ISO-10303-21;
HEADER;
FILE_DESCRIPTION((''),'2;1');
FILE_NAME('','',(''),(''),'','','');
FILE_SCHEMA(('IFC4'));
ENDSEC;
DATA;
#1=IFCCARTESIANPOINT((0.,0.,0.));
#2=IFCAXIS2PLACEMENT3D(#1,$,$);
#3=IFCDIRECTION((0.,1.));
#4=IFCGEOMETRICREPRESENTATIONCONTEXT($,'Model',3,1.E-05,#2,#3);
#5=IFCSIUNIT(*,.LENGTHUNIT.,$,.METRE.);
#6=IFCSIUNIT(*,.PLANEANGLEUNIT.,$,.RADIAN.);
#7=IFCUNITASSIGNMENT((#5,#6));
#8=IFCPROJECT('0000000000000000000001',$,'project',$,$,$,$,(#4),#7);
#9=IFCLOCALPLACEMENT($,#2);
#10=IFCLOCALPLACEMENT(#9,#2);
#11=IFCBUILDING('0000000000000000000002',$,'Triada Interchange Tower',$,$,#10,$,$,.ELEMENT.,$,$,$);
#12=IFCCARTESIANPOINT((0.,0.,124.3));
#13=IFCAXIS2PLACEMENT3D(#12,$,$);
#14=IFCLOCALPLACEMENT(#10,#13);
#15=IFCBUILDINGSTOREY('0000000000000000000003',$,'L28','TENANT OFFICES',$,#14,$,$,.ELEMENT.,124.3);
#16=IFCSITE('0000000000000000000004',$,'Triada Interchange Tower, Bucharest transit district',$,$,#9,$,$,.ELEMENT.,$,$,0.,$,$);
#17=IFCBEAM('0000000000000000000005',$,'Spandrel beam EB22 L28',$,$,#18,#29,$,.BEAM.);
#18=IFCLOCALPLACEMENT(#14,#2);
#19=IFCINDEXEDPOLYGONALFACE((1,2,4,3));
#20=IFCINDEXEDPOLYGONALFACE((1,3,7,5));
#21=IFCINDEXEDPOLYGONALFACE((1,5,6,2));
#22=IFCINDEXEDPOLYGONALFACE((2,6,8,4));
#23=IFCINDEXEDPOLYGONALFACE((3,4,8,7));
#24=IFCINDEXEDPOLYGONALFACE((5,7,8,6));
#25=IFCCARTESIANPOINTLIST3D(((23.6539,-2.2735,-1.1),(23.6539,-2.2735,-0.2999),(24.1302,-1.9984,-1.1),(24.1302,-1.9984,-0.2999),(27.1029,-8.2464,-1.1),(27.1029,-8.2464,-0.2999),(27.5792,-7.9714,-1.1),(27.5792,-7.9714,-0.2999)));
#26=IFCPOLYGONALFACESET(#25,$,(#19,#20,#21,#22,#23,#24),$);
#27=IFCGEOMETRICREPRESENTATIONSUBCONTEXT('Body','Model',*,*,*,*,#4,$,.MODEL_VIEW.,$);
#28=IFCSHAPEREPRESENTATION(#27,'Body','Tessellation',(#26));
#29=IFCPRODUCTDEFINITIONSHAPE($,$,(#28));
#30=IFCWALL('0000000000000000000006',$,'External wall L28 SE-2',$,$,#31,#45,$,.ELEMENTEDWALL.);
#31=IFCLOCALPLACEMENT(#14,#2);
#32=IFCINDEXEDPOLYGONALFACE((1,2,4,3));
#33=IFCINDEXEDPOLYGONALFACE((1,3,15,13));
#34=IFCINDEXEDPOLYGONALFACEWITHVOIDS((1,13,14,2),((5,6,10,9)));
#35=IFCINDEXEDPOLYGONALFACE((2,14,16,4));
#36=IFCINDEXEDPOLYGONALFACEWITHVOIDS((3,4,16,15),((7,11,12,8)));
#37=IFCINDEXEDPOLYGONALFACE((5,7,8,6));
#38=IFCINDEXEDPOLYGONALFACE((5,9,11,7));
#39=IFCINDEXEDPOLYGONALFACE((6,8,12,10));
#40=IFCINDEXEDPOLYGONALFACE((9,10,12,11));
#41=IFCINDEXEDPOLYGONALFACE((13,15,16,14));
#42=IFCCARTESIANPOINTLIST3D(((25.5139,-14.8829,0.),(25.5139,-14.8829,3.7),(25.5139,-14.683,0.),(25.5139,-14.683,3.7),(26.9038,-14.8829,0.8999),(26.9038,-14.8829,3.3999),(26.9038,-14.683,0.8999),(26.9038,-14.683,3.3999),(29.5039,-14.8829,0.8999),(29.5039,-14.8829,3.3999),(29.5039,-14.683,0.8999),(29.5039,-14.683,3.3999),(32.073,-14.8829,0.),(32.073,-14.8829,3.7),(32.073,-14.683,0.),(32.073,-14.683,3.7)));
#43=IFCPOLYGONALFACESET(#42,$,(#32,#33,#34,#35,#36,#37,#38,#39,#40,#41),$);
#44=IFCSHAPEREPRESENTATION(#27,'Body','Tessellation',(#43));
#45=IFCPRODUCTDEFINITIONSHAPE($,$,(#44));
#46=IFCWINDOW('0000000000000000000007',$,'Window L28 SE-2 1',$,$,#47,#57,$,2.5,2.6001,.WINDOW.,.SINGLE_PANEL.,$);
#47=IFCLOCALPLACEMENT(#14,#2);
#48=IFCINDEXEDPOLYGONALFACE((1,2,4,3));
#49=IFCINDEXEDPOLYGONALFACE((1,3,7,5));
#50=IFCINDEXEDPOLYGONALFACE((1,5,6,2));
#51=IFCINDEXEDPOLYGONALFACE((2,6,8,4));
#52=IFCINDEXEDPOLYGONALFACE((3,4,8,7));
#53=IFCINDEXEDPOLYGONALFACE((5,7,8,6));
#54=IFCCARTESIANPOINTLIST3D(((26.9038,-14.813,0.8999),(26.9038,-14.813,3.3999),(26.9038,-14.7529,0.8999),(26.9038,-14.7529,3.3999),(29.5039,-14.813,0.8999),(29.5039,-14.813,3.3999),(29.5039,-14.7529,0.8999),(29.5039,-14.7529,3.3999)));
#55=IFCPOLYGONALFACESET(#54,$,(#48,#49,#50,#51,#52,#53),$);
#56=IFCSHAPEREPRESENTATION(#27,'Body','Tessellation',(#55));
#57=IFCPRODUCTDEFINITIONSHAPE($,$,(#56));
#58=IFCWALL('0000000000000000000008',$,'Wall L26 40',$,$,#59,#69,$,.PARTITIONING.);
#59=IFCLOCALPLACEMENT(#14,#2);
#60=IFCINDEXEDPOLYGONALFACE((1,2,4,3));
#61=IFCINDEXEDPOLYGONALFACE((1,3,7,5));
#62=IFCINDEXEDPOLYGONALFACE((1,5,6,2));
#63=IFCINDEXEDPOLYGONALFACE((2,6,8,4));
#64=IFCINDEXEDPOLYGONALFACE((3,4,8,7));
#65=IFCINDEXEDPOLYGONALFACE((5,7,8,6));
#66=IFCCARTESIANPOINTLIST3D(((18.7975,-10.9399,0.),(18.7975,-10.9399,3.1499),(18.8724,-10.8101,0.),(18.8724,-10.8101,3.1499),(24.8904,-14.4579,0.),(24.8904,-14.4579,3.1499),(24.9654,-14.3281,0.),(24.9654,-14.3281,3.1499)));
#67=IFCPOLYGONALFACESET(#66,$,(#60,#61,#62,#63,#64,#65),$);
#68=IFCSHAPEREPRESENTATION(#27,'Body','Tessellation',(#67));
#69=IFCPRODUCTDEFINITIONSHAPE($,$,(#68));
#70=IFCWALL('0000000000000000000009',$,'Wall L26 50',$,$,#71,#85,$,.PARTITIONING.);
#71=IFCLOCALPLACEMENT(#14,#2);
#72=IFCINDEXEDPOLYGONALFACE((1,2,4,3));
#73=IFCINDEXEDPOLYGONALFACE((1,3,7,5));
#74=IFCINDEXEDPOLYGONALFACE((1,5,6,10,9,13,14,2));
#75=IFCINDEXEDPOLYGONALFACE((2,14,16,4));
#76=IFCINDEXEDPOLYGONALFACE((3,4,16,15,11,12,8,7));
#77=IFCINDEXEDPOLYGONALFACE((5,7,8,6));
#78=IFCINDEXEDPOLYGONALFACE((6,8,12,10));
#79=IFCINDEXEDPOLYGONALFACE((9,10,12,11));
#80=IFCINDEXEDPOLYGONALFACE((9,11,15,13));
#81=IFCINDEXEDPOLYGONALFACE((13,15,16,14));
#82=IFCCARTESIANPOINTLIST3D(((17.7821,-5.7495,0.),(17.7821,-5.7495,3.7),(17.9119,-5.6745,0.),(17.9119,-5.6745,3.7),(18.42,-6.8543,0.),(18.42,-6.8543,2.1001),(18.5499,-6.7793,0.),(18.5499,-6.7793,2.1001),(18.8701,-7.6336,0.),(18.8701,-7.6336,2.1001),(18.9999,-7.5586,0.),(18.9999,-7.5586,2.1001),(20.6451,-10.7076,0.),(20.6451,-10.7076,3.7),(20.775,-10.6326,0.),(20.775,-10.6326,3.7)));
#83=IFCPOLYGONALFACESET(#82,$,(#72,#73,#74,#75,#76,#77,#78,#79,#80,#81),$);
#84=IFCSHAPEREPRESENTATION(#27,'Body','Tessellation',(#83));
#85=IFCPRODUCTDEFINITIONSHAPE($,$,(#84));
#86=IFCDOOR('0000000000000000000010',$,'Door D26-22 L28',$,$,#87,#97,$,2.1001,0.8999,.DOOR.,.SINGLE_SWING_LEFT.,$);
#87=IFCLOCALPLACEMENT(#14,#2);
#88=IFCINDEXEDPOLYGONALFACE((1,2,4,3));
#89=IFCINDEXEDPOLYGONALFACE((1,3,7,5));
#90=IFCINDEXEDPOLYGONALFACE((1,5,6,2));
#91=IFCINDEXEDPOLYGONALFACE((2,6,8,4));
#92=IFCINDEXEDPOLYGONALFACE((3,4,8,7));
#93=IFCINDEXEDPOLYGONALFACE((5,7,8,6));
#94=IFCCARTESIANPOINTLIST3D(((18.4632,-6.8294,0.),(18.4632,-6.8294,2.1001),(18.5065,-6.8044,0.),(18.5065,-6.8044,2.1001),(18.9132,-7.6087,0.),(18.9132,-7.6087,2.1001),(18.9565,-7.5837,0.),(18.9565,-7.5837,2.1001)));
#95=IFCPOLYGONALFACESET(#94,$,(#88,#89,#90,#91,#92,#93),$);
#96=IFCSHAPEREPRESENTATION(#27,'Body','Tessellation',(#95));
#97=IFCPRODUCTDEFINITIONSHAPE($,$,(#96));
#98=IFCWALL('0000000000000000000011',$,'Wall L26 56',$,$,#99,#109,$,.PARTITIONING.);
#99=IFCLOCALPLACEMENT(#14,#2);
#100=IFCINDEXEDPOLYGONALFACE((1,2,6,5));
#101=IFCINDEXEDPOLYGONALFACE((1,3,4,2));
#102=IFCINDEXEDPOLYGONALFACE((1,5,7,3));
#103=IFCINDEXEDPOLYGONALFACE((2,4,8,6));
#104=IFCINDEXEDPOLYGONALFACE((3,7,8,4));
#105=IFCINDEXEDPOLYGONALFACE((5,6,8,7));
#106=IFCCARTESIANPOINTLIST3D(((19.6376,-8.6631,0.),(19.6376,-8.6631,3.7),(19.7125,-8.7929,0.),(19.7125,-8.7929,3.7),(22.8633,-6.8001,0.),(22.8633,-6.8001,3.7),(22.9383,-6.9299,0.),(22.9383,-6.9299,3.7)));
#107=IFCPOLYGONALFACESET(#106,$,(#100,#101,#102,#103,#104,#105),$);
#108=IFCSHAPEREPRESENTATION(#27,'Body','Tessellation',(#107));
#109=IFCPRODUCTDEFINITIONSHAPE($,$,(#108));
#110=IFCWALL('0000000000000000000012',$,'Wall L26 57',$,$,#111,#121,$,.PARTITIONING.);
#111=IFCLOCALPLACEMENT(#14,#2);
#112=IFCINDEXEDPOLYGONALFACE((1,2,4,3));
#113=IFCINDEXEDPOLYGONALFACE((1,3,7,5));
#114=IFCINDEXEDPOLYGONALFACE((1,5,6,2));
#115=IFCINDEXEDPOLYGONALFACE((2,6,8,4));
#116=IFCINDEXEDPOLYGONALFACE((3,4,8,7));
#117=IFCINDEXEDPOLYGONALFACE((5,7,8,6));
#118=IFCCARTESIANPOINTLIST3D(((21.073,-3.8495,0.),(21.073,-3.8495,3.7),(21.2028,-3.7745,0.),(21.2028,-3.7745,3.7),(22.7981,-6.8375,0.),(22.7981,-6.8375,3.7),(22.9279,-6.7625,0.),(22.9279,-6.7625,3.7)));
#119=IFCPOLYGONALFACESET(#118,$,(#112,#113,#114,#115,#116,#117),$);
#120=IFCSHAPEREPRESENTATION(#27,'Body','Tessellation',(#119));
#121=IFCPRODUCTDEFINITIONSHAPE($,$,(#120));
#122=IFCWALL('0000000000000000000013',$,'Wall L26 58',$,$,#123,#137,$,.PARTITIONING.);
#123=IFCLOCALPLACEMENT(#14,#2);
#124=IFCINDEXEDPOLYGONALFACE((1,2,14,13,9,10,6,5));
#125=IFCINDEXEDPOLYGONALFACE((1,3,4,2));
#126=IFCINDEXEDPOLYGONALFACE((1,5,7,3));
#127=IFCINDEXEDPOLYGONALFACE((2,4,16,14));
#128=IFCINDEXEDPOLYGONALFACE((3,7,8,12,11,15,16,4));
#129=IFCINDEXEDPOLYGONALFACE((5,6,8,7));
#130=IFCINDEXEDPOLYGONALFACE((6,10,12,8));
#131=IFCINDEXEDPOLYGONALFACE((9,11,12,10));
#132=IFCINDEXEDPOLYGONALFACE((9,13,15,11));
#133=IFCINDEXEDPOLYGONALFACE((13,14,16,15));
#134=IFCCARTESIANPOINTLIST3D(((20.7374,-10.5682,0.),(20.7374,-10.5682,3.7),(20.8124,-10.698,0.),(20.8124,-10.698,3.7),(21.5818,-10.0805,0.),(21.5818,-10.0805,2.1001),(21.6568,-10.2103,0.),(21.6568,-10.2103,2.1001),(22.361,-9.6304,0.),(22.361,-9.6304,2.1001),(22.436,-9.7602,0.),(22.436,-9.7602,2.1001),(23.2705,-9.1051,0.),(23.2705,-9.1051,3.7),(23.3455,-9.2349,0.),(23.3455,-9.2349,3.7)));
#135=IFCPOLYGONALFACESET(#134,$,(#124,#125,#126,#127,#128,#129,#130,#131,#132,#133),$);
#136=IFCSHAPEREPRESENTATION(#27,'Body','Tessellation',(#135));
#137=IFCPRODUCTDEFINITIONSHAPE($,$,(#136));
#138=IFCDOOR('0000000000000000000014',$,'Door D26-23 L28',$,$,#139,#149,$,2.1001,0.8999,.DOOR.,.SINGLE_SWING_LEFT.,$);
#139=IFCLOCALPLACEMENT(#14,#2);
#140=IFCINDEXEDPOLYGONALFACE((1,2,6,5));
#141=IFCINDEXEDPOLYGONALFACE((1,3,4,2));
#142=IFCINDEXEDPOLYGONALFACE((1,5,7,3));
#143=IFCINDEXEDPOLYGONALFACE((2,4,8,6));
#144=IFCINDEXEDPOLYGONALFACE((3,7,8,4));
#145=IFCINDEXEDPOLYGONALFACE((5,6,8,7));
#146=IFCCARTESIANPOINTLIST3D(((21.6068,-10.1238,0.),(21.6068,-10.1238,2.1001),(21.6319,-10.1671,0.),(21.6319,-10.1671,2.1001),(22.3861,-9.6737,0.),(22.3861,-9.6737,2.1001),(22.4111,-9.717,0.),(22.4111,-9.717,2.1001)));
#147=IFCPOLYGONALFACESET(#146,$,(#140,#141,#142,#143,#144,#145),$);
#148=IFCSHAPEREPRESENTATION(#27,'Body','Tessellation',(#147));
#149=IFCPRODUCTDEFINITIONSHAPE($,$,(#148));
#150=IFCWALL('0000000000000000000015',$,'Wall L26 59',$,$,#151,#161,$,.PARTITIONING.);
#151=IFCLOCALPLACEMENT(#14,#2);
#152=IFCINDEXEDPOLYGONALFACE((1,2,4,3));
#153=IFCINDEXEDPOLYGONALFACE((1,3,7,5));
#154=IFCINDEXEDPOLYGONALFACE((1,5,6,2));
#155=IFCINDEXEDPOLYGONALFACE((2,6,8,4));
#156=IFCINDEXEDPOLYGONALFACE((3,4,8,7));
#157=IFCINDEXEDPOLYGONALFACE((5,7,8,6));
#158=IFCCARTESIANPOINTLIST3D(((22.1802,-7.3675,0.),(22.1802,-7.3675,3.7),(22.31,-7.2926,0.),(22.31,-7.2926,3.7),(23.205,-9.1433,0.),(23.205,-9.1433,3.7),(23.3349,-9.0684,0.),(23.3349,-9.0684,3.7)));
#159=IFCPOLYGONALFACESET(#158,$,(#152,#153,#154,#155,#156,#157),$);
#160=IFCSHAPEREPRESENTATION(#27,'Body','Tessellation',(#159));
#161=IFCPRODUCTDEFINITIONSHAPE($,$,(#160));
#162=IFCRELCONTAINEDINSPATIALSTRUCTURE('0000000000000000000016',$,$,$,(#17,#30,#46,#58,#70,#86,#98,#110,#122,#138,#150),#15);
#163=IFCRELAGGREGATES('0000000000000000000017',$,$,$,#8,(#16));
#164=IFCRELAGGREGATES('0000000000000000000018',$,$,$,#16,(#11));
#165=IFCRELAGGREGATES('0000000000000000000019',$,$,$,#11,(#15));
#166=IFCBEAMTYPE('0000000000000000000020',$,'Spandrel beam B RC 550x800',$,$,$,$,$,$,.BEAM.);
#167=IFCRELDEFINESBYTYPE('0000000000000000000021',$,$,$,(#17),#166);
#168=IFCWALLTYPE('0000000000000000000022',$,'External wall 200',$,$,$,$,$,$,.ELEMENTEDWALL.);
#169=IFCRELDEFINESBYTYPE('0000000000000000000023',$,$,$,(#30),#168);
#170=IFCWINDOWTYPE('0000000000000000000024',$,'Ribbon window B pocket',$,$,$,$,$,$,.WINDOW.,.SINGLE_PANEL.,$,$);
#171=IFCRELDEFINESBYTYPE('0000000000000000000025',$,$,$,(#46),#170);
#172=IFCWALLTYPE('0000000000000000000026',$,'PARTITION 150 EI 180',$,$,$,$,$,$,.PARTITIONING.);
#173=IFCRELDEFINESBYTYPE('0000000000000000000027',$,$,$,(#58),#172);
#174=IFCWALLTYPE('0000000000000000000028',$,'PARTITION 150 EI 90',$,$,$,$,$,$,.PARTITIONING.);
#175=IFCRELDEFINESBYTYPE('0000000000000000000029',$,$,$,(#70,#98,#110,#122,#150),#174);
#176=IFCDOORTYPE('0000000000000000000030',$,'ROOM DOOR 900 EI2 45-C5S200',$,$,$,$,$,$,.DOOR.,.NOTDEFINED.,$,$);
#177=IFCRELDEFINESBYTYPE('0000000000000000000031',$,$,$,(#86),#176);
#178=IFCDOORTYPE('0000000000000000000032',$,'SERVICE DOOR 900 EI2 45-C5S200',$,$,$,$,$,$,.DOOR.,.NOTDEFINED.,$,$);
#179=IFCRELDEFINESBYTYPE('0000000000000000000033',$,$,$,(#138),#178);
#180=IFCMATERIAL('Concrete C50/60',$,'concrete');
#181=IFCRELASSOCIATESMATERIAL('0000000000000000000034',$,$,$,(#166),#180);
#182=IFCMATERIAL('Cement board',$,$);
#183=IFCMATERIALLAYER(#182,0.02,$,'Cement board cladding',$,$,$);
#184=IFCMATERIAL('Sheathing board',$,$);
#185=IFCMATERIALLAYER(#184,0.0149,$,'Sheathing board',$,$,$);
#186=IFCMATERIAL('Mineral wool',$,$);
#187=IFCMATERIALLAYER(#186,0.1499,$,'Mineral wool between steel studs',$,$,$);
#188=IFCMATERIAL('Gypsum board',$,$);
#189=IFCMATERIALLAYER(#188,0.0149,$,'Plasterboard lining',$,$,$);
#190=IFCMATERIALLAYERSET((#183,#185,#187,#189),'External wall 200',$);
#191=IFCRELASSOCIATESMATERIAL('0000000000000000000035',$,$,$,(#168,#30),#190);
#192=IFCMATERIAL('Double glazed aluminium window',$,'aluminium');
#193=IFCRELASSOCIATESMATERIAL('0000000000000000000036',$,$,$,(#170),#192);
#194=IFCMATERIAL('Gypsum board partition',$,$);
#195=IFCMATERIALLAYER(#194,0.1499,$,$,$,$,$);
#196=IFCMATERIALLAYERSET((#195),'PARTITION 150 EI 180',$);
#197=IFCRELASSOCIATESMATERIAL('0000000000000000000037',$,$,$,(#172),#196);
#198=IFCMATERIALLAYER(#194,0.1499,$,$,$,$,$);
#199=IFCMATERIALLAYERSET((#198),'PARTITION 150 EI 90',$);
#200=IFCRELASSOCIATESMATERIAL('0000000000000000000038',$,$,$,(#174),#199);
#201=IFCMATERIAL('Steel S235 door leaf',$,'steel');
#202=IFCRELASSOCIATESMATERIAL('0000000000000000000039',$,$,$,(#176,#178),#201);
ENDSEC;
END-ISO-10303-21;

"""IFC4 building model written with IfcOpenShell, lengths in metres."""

from ifc_helpers import new_model, si_unit, direction, frame, frame_2d, origin, origin_2d, place, context, subcontext, project, spatial, rectangle, extrude, material, layer, layer_set, layer_usage, material_profile, profile_set, type_object, element, fill, save


model = new_model("IFC4")

# Units and contexts
model_context = context("Model", 3, precision=1e-05, world=origin(), true_north=direction((0.0, 1.0)))
body_context = subcontext(model_context, "Body", "Model", "MODEL_VIEW")
ifc_project = project(units=[si_unit("LENGTHUNIT", "METRE"), si_unit("PLANEANGLEUNIT", "RADIAN")], contexts=[model_context])

# Site, building, storey
site_placement = place(None, origin())
site = spatial("IfcSite", under=ifc_project, at=site_placement, Name="Triada Interchange Tower, Bucharest transit district", CompositionType="ELEMENT", RefElevation=0.0)
building_placement = place(site_placement, origin())
building = spatial("IfcBuilding", under=site, at=building_placement, Name="Triada Interchange Tower", CompositionType="ELEMENT")
storey_placement = place(building_placement, frame((0.0, 0.0, 124.3)))
storey = spatial("IfcBuildingStorey", under=building, at=storey_placement, Name="L28", Description="TENANT OFFICES", CompositionType="ELEMENT", Elevation=124.3)

# Beam
ifc_material_1 = material(Name="Concrete C50/60", Category="concrete")
ifc_material_profile_1 = material_profile(ifc_material_1, rectangle(XDim=0.55, YDim=0.8, at=origin_2d()), Name="RC 550x800")
ifc_profile_set_1 = profile_set([ifc_material_profile_1], Name="Concrete C50/60")
beam_type_1 = type_object("IfcBeamType", Name="Spandrel beam B RC 550x800", PredefinedType="BEAM", material=ifc_profile_set_1)
beam_1_placement = place(storey_placement, frame((27.3411, -8.1089, -0.7), z_axis=(-0.500056, 0.865993, 0.0), x_axis=(-0.865993, -0.500056, 0.0)))
element("IfcBeam", 1, at=beam_1_placement, inside=storey, type_object=beam_type_1, Name="Spandrel beam EB22 L28", PredefinedType="BEAM", context=body_context, shape_type="SweptSolid", body=[
    extrude(rectangle(XDim=0.55, YDim=0.8, at=origin_2d()), origin(), (0.0, 0.0, 1.0), 6.8972),
])

# Wall, opening, window
ifc_material_2 = material(Name="Cement board")
ifc_layer_1 = layer(ifc_material_2, 0.02, Name="Cement board cladding")
ifc_material_3 = material(Name="Sheathing board")
ifc_layer_2 = layer(ifc_material_3, 0.0149, Name="Sheathing board")
ifc_material_4 = material(Name="Mineral wool")
ifc_layer_3 = layer(ifc_material_4, 0.1499, Name="Mineral wool between steel studs")
ifc_material_5 = material(Name="Gypsum board")
ifc_layer_4 = layer(ifc_material_5, 0.0149, Name="Plasterboard lining")
ifc_layer_set_1 = layer_set([ifc_layer_1, ifc_layer_2, ifc_layer_3, ifc_layer_4], Name="External wall 200")
ifc_layer_usage = layer_usage(ifc_layer_set_1, "AXIS2", "POSITIVE", -0.1001)
wall_type_1 = type_object("IfcWallType", Name="External wall 200", PredefinedType="ELEMENTEDWALL", material=ifc_layer_set_1)
wall_1_placement = place(storey_placement, frame((25.5139, -14.783, 0.0), z_axis=(0.0, 0.0, 1.0), x_axis=(1.0, 0.0, 0.0)))
wall_1 = element("IfcWall", 2, at=wall_1_placement, inside=storey, type_object=wall_type_1, material=ifc_layer_usage, Name="External wall L28 SE-2", PredefinedType="ELEMENTEDWALL", context=body_context, shape_type="SweptSolid", body=[
    extrude(rectangle(XDim=6.5591, YDim=0.2, at=frame_2d((3.2795, 0.0))), origin(), (0.0, 0.0, 1.0), 3.7),
])
opening_1_placement = place(wall_1_placement, frame((1.3899, 0.0, 0.8999)))
opening_1 = element("IfcOpeningElement", 3, at=opening_1_placement, cuts=wall_1, PredefinedType="OPENING", context=body_context, shape_type="SweptSolid", body=[
    extrude(rectangle(XDim=2.6001, YDim=2.5, at=frame_2d((1.3, 1.25))), frame((0.0, 0.1099, 0.0), z_axis=(0.0, -1.0, 0.0), x_axis=(1.0, 0.0, 0.0)), (0.0, 0.0, 1.0), 0.22),
])
ifc_material_6 = material(Name="Double glazed aluminium window", Category="aluminium")
window_type = type_object("IfcWindowType", Name="Ribbon window B pocket", PartitioningType="SINGLE_PANEL", PredefinedType="WINDOW", material=ifc_material_6)
window_placement = place(opening_1_placement, origin())
window = element("IfcWindow", 4, at=window_placement, inside=storey, type_object=window_type, Name="Window L28 SE-2 1", OverallHeight=2.5, OverallWidth=2.6001, PartitioningType="SINGLE_PANEL", PredefinedType="WINDOW", context=body_context, shape_type="SweptSolid", body=[
    extrude(rectangle(XDim=2.6001, YDim=2.5, at=frame_2d((1.3, 1.25))), frame((0.0, 0.03, 0.0), z_axis=(0.0, -1.0, 0.0), x_axis=(1.0, 0.0, 0.0)), (0.0, 0.0, 1.0), 0.0601),
])
fill(opening_1, window)

# Wall
ifc_material_7 = material(Name="Gypsum board partition")
ifc_layer_5 = layer(ifc_material_7, 0.1499)
ifc_layer_set_2 = layer_set([ifc_layer_5], Name="PARTITION 150 EI 180")
wall_type_2 = type_object("IfcWallType", Name="PARTITION 150 EI 180", PredefinedType="PARTITIONING", material=ifc_layer_set_2)
wall_2_placement = place(storey_placement, frame((18.835, -10.875, 0.0), z_axis=(0.0, 0.0, 1.0), x_axis=(0.866009, -0.500028, 0.0)))
element("IfcWall", 5, at=wall_2_placement, inside=storey, type_object=wall_type_2, Name="Wall L26 40", PredefinedType="PARTITIONING", context=body_context, shape_type="SweptSolid", body=[
    extrude(rectangle(XDim=7.0356, YDim=0.1499, at=frame_2d((3.5178, 0.0))), origin(), (0.0, 0.0, 1.0), 3.1499),
])

# Wall, opening, door
ifc_layer_6 = layer(ifc_material_7, 0.1499)
ifc_layer_set_3 = layer_set([ifc_layer_6], Name="PARTITION 150 EI 90")
wall_type_3 = type_object("IfcWallType", Name="PARTITION 150 EI 90", PredefinedType="PARTITIONING", material=ifc_layer_set_3)
wall_3_placement = place(storey_placement, frame((17.8469, -5.7119, 0.0), z_axis=(0.0, 0.0, 1.0), x_axis=(0.500069, -0.865985, 0.0)))
wall_3 = element("IfcWall", 6, at=wall_3_placement, inside=storey, type_object=wall_type_3, Name="Wall L26 50", PredefinedType="PARTITIONING", context=body_context, shape_type="SweptSolid", body=[
    extrude(rectangle(XDim=5.7253, YDim=0.1499, at=frame_2d((2.8628, 0.0))), origin(), (0.0, 0.0, 1.0), 3.7),
])
opening_2_placement = place(wall_3_placement, frame((1.2759, 0.0, 0.0)))
opening_2 = element("IfcOpeningElement", 7, at=opening_2_placement, cuts=wall_3, PredefinedType="OPENING", context=body_context, shape_type="SweptSolid", body=[
    extrude(rectangle(XDim=0.8999, YDim=2.1001, at=frame_2d((0.45, 1.05))), frame((0.0, 0.085, 0.0), z_axis=(0.0, -1.0, 0.0), x_axis=(1.0, 0.0, 0.0)), (0.0, 0.0, 1.0), 0.1699),
])
ifc_material_8 = material(Name="Steel S235 door leaf", Category="steel")
door_type_1 = type_object("IfcDoorType", Name="ROOM DOOR 900 EI2 45-C5S200", OperationType="NOTDEFINED", PredefinedType="DOOR", material=ifc_material_8)
door_1_placement = place(opening_2_placement, origin())
door_1 = element("IfcDoor", 8, at=door_1_placement, inside=storey, type_object=door_type_1, Name="Door D26-22 L28", OperationType="SINGLE_SWING_LEFT", OverallHeight=2.1001, OverallWidth=0.8999, PredefinedType="DOOR", context=body_context, shape_type="SweptSolid", body=[
    extrude(rectangle(XDim=0.8999, YDim=2.1001, at=frame_2d((0.45, 1.05))), frame((0.0, 0.0249, 0.0), z_axis=(0.0, -1.0, 0.0), x_axis=(1.0, 0.0, 0.0)), (0.0, 0.0, 1.0), 0.05),
])
fill(opening_2, door_1)

# Walls
wall_4_placement = place(storey_placement, frame((19.675, -8.728, 0.0), z_axis=(0.0, 0.0, 1.0), x_axis=(0.865955, 0.500121, 0.0)))
element("IfcWall", 9, at=wall_4_placement, inside=storey, type_object=wall_type_3, Name="Wall L26 56", PredefinedType="PARTITIONING", context=body_context, shape_type="SweptSolid", body=[
    extrude(rectangle(XDim=3.7251, YDim=0.1499, at=frame_2d((1.8625, 0.0))), origin(), (0.0, 0.0, 1.0), 3.7),
])
wall_5_placement = place(storey_placement, frame((21.1379, -3.812, 0.0), z_axis=(0.0, 0.0, 1.0), x_axis=(0.49999, -0.866031, 0.0)))
element("IfcWall", 10, at=wall_5_placement, inside=storey, type_object=wall_type_3, Name="Wall L26 57", PredefinedType="PARTITIONING", context=body_context, shape_type="SweptSolid", body=[
    extrude(rectangle(XDim=3.4502, YDim=0.1499, at=frame_2d((1.7251, 0.0))), origin(), (0.0, 0.0, 1.0), 3.7),
])

# Wall, opening, door
wall_6_placement = place(storey_placement, frame((20.7749, -10.6331, 0.0), z_axis=(0.0, 0.0, 1.0), x_axis=(0.865938, 0.500151, 0.0)))
wall_6 = element("IfcWall", 11, at=wall_6_placement, inside=storey, type_object=wall_type_3, Name="Wall L26 58", PredefinedType="PARTITIONING", context=body_context, shape_type="SweptSolid", body=[
    extrude(rectangle(XDim=2.9253, YDim=0.1499, at=frame_2d((1.4626, 0.0))), origin(), (0.0, 0.0, 1.0), 3.7),
])
opening_3_placement = place(wall_6_placement, frame((0.9751, 0.0, 0.0)))
opening_3 = element("IfcOpeningElement", 12, at=opening_3_placement, cuts=wall_6, PredefinedType="OPENING", context=body_context, shape_type="SweptSolid", body=[
    extrude(rectangle(XDim=0.8999, YDim=2.1001, at=frame_2d((0.45, 1.05))), frame((0.0, 0.085, 0.0), z_axis=(0.0, -1.0, 0.0), x_axis=(1.0, 0.0, 0.0)), (0.0, 0.0, 1.0), 0.1699),
])
door_type_2 = type_object("IfcDoorType", Name="SERVICE DOOR 900 EI2 45-C5S200", OperationType="NOTDEFINED", PredefinedType="DOOR", material=ifc_material_8)
door_2_placement = place(opening_3_placement, origin())
door_2 = element("IfcDoor", 13, at=door_2_placement, inside=storey, type_object=door_type_2, Name="Door D26-23 L28", OperationType="SINGLE_SWING_LEFT", OverallHeight=2.1001, OverallWidth=0.8999, PredefinedType="DOOR", context=body_context, shape_type="SweptSolid", body=[
    extrude(rectangle(XDim=0.8999, YDim=2.1001, at=frame_2d((0.45, 1.05))), frame((0.0, 0.0249, 0.0), z_axis=(0.0, -1.0, 0.0), x_axis=(1.0, 0.0, 0.0)), (0.0, 0.0, 1.0), 0.05),
])
fill(opening_3, door_2)

# Wall
wall_7_placement = place(storey_placement, frame((22.2451, -7.3301, 0.0), z_axis=(0.0, 0.0, 1.0), x_axis=(0.499853, -0.86611, 0.0)))
element("IfcWall", 14, at=wall_7_placement, inside=storey, type_object=wall_type_3, Name="Wall L26 59", PredefinedType="PARTITIONING", context=body_context, shape_type="SweptSolid", body=[
    extrude(rectangle(XDim=2.0503, YDim=0.1499, at=frame_2d((1.0251, 0.0))), origin(), (0.0, 0.0, 1.0), 3.7),
])

save(model, "model.ifc")
